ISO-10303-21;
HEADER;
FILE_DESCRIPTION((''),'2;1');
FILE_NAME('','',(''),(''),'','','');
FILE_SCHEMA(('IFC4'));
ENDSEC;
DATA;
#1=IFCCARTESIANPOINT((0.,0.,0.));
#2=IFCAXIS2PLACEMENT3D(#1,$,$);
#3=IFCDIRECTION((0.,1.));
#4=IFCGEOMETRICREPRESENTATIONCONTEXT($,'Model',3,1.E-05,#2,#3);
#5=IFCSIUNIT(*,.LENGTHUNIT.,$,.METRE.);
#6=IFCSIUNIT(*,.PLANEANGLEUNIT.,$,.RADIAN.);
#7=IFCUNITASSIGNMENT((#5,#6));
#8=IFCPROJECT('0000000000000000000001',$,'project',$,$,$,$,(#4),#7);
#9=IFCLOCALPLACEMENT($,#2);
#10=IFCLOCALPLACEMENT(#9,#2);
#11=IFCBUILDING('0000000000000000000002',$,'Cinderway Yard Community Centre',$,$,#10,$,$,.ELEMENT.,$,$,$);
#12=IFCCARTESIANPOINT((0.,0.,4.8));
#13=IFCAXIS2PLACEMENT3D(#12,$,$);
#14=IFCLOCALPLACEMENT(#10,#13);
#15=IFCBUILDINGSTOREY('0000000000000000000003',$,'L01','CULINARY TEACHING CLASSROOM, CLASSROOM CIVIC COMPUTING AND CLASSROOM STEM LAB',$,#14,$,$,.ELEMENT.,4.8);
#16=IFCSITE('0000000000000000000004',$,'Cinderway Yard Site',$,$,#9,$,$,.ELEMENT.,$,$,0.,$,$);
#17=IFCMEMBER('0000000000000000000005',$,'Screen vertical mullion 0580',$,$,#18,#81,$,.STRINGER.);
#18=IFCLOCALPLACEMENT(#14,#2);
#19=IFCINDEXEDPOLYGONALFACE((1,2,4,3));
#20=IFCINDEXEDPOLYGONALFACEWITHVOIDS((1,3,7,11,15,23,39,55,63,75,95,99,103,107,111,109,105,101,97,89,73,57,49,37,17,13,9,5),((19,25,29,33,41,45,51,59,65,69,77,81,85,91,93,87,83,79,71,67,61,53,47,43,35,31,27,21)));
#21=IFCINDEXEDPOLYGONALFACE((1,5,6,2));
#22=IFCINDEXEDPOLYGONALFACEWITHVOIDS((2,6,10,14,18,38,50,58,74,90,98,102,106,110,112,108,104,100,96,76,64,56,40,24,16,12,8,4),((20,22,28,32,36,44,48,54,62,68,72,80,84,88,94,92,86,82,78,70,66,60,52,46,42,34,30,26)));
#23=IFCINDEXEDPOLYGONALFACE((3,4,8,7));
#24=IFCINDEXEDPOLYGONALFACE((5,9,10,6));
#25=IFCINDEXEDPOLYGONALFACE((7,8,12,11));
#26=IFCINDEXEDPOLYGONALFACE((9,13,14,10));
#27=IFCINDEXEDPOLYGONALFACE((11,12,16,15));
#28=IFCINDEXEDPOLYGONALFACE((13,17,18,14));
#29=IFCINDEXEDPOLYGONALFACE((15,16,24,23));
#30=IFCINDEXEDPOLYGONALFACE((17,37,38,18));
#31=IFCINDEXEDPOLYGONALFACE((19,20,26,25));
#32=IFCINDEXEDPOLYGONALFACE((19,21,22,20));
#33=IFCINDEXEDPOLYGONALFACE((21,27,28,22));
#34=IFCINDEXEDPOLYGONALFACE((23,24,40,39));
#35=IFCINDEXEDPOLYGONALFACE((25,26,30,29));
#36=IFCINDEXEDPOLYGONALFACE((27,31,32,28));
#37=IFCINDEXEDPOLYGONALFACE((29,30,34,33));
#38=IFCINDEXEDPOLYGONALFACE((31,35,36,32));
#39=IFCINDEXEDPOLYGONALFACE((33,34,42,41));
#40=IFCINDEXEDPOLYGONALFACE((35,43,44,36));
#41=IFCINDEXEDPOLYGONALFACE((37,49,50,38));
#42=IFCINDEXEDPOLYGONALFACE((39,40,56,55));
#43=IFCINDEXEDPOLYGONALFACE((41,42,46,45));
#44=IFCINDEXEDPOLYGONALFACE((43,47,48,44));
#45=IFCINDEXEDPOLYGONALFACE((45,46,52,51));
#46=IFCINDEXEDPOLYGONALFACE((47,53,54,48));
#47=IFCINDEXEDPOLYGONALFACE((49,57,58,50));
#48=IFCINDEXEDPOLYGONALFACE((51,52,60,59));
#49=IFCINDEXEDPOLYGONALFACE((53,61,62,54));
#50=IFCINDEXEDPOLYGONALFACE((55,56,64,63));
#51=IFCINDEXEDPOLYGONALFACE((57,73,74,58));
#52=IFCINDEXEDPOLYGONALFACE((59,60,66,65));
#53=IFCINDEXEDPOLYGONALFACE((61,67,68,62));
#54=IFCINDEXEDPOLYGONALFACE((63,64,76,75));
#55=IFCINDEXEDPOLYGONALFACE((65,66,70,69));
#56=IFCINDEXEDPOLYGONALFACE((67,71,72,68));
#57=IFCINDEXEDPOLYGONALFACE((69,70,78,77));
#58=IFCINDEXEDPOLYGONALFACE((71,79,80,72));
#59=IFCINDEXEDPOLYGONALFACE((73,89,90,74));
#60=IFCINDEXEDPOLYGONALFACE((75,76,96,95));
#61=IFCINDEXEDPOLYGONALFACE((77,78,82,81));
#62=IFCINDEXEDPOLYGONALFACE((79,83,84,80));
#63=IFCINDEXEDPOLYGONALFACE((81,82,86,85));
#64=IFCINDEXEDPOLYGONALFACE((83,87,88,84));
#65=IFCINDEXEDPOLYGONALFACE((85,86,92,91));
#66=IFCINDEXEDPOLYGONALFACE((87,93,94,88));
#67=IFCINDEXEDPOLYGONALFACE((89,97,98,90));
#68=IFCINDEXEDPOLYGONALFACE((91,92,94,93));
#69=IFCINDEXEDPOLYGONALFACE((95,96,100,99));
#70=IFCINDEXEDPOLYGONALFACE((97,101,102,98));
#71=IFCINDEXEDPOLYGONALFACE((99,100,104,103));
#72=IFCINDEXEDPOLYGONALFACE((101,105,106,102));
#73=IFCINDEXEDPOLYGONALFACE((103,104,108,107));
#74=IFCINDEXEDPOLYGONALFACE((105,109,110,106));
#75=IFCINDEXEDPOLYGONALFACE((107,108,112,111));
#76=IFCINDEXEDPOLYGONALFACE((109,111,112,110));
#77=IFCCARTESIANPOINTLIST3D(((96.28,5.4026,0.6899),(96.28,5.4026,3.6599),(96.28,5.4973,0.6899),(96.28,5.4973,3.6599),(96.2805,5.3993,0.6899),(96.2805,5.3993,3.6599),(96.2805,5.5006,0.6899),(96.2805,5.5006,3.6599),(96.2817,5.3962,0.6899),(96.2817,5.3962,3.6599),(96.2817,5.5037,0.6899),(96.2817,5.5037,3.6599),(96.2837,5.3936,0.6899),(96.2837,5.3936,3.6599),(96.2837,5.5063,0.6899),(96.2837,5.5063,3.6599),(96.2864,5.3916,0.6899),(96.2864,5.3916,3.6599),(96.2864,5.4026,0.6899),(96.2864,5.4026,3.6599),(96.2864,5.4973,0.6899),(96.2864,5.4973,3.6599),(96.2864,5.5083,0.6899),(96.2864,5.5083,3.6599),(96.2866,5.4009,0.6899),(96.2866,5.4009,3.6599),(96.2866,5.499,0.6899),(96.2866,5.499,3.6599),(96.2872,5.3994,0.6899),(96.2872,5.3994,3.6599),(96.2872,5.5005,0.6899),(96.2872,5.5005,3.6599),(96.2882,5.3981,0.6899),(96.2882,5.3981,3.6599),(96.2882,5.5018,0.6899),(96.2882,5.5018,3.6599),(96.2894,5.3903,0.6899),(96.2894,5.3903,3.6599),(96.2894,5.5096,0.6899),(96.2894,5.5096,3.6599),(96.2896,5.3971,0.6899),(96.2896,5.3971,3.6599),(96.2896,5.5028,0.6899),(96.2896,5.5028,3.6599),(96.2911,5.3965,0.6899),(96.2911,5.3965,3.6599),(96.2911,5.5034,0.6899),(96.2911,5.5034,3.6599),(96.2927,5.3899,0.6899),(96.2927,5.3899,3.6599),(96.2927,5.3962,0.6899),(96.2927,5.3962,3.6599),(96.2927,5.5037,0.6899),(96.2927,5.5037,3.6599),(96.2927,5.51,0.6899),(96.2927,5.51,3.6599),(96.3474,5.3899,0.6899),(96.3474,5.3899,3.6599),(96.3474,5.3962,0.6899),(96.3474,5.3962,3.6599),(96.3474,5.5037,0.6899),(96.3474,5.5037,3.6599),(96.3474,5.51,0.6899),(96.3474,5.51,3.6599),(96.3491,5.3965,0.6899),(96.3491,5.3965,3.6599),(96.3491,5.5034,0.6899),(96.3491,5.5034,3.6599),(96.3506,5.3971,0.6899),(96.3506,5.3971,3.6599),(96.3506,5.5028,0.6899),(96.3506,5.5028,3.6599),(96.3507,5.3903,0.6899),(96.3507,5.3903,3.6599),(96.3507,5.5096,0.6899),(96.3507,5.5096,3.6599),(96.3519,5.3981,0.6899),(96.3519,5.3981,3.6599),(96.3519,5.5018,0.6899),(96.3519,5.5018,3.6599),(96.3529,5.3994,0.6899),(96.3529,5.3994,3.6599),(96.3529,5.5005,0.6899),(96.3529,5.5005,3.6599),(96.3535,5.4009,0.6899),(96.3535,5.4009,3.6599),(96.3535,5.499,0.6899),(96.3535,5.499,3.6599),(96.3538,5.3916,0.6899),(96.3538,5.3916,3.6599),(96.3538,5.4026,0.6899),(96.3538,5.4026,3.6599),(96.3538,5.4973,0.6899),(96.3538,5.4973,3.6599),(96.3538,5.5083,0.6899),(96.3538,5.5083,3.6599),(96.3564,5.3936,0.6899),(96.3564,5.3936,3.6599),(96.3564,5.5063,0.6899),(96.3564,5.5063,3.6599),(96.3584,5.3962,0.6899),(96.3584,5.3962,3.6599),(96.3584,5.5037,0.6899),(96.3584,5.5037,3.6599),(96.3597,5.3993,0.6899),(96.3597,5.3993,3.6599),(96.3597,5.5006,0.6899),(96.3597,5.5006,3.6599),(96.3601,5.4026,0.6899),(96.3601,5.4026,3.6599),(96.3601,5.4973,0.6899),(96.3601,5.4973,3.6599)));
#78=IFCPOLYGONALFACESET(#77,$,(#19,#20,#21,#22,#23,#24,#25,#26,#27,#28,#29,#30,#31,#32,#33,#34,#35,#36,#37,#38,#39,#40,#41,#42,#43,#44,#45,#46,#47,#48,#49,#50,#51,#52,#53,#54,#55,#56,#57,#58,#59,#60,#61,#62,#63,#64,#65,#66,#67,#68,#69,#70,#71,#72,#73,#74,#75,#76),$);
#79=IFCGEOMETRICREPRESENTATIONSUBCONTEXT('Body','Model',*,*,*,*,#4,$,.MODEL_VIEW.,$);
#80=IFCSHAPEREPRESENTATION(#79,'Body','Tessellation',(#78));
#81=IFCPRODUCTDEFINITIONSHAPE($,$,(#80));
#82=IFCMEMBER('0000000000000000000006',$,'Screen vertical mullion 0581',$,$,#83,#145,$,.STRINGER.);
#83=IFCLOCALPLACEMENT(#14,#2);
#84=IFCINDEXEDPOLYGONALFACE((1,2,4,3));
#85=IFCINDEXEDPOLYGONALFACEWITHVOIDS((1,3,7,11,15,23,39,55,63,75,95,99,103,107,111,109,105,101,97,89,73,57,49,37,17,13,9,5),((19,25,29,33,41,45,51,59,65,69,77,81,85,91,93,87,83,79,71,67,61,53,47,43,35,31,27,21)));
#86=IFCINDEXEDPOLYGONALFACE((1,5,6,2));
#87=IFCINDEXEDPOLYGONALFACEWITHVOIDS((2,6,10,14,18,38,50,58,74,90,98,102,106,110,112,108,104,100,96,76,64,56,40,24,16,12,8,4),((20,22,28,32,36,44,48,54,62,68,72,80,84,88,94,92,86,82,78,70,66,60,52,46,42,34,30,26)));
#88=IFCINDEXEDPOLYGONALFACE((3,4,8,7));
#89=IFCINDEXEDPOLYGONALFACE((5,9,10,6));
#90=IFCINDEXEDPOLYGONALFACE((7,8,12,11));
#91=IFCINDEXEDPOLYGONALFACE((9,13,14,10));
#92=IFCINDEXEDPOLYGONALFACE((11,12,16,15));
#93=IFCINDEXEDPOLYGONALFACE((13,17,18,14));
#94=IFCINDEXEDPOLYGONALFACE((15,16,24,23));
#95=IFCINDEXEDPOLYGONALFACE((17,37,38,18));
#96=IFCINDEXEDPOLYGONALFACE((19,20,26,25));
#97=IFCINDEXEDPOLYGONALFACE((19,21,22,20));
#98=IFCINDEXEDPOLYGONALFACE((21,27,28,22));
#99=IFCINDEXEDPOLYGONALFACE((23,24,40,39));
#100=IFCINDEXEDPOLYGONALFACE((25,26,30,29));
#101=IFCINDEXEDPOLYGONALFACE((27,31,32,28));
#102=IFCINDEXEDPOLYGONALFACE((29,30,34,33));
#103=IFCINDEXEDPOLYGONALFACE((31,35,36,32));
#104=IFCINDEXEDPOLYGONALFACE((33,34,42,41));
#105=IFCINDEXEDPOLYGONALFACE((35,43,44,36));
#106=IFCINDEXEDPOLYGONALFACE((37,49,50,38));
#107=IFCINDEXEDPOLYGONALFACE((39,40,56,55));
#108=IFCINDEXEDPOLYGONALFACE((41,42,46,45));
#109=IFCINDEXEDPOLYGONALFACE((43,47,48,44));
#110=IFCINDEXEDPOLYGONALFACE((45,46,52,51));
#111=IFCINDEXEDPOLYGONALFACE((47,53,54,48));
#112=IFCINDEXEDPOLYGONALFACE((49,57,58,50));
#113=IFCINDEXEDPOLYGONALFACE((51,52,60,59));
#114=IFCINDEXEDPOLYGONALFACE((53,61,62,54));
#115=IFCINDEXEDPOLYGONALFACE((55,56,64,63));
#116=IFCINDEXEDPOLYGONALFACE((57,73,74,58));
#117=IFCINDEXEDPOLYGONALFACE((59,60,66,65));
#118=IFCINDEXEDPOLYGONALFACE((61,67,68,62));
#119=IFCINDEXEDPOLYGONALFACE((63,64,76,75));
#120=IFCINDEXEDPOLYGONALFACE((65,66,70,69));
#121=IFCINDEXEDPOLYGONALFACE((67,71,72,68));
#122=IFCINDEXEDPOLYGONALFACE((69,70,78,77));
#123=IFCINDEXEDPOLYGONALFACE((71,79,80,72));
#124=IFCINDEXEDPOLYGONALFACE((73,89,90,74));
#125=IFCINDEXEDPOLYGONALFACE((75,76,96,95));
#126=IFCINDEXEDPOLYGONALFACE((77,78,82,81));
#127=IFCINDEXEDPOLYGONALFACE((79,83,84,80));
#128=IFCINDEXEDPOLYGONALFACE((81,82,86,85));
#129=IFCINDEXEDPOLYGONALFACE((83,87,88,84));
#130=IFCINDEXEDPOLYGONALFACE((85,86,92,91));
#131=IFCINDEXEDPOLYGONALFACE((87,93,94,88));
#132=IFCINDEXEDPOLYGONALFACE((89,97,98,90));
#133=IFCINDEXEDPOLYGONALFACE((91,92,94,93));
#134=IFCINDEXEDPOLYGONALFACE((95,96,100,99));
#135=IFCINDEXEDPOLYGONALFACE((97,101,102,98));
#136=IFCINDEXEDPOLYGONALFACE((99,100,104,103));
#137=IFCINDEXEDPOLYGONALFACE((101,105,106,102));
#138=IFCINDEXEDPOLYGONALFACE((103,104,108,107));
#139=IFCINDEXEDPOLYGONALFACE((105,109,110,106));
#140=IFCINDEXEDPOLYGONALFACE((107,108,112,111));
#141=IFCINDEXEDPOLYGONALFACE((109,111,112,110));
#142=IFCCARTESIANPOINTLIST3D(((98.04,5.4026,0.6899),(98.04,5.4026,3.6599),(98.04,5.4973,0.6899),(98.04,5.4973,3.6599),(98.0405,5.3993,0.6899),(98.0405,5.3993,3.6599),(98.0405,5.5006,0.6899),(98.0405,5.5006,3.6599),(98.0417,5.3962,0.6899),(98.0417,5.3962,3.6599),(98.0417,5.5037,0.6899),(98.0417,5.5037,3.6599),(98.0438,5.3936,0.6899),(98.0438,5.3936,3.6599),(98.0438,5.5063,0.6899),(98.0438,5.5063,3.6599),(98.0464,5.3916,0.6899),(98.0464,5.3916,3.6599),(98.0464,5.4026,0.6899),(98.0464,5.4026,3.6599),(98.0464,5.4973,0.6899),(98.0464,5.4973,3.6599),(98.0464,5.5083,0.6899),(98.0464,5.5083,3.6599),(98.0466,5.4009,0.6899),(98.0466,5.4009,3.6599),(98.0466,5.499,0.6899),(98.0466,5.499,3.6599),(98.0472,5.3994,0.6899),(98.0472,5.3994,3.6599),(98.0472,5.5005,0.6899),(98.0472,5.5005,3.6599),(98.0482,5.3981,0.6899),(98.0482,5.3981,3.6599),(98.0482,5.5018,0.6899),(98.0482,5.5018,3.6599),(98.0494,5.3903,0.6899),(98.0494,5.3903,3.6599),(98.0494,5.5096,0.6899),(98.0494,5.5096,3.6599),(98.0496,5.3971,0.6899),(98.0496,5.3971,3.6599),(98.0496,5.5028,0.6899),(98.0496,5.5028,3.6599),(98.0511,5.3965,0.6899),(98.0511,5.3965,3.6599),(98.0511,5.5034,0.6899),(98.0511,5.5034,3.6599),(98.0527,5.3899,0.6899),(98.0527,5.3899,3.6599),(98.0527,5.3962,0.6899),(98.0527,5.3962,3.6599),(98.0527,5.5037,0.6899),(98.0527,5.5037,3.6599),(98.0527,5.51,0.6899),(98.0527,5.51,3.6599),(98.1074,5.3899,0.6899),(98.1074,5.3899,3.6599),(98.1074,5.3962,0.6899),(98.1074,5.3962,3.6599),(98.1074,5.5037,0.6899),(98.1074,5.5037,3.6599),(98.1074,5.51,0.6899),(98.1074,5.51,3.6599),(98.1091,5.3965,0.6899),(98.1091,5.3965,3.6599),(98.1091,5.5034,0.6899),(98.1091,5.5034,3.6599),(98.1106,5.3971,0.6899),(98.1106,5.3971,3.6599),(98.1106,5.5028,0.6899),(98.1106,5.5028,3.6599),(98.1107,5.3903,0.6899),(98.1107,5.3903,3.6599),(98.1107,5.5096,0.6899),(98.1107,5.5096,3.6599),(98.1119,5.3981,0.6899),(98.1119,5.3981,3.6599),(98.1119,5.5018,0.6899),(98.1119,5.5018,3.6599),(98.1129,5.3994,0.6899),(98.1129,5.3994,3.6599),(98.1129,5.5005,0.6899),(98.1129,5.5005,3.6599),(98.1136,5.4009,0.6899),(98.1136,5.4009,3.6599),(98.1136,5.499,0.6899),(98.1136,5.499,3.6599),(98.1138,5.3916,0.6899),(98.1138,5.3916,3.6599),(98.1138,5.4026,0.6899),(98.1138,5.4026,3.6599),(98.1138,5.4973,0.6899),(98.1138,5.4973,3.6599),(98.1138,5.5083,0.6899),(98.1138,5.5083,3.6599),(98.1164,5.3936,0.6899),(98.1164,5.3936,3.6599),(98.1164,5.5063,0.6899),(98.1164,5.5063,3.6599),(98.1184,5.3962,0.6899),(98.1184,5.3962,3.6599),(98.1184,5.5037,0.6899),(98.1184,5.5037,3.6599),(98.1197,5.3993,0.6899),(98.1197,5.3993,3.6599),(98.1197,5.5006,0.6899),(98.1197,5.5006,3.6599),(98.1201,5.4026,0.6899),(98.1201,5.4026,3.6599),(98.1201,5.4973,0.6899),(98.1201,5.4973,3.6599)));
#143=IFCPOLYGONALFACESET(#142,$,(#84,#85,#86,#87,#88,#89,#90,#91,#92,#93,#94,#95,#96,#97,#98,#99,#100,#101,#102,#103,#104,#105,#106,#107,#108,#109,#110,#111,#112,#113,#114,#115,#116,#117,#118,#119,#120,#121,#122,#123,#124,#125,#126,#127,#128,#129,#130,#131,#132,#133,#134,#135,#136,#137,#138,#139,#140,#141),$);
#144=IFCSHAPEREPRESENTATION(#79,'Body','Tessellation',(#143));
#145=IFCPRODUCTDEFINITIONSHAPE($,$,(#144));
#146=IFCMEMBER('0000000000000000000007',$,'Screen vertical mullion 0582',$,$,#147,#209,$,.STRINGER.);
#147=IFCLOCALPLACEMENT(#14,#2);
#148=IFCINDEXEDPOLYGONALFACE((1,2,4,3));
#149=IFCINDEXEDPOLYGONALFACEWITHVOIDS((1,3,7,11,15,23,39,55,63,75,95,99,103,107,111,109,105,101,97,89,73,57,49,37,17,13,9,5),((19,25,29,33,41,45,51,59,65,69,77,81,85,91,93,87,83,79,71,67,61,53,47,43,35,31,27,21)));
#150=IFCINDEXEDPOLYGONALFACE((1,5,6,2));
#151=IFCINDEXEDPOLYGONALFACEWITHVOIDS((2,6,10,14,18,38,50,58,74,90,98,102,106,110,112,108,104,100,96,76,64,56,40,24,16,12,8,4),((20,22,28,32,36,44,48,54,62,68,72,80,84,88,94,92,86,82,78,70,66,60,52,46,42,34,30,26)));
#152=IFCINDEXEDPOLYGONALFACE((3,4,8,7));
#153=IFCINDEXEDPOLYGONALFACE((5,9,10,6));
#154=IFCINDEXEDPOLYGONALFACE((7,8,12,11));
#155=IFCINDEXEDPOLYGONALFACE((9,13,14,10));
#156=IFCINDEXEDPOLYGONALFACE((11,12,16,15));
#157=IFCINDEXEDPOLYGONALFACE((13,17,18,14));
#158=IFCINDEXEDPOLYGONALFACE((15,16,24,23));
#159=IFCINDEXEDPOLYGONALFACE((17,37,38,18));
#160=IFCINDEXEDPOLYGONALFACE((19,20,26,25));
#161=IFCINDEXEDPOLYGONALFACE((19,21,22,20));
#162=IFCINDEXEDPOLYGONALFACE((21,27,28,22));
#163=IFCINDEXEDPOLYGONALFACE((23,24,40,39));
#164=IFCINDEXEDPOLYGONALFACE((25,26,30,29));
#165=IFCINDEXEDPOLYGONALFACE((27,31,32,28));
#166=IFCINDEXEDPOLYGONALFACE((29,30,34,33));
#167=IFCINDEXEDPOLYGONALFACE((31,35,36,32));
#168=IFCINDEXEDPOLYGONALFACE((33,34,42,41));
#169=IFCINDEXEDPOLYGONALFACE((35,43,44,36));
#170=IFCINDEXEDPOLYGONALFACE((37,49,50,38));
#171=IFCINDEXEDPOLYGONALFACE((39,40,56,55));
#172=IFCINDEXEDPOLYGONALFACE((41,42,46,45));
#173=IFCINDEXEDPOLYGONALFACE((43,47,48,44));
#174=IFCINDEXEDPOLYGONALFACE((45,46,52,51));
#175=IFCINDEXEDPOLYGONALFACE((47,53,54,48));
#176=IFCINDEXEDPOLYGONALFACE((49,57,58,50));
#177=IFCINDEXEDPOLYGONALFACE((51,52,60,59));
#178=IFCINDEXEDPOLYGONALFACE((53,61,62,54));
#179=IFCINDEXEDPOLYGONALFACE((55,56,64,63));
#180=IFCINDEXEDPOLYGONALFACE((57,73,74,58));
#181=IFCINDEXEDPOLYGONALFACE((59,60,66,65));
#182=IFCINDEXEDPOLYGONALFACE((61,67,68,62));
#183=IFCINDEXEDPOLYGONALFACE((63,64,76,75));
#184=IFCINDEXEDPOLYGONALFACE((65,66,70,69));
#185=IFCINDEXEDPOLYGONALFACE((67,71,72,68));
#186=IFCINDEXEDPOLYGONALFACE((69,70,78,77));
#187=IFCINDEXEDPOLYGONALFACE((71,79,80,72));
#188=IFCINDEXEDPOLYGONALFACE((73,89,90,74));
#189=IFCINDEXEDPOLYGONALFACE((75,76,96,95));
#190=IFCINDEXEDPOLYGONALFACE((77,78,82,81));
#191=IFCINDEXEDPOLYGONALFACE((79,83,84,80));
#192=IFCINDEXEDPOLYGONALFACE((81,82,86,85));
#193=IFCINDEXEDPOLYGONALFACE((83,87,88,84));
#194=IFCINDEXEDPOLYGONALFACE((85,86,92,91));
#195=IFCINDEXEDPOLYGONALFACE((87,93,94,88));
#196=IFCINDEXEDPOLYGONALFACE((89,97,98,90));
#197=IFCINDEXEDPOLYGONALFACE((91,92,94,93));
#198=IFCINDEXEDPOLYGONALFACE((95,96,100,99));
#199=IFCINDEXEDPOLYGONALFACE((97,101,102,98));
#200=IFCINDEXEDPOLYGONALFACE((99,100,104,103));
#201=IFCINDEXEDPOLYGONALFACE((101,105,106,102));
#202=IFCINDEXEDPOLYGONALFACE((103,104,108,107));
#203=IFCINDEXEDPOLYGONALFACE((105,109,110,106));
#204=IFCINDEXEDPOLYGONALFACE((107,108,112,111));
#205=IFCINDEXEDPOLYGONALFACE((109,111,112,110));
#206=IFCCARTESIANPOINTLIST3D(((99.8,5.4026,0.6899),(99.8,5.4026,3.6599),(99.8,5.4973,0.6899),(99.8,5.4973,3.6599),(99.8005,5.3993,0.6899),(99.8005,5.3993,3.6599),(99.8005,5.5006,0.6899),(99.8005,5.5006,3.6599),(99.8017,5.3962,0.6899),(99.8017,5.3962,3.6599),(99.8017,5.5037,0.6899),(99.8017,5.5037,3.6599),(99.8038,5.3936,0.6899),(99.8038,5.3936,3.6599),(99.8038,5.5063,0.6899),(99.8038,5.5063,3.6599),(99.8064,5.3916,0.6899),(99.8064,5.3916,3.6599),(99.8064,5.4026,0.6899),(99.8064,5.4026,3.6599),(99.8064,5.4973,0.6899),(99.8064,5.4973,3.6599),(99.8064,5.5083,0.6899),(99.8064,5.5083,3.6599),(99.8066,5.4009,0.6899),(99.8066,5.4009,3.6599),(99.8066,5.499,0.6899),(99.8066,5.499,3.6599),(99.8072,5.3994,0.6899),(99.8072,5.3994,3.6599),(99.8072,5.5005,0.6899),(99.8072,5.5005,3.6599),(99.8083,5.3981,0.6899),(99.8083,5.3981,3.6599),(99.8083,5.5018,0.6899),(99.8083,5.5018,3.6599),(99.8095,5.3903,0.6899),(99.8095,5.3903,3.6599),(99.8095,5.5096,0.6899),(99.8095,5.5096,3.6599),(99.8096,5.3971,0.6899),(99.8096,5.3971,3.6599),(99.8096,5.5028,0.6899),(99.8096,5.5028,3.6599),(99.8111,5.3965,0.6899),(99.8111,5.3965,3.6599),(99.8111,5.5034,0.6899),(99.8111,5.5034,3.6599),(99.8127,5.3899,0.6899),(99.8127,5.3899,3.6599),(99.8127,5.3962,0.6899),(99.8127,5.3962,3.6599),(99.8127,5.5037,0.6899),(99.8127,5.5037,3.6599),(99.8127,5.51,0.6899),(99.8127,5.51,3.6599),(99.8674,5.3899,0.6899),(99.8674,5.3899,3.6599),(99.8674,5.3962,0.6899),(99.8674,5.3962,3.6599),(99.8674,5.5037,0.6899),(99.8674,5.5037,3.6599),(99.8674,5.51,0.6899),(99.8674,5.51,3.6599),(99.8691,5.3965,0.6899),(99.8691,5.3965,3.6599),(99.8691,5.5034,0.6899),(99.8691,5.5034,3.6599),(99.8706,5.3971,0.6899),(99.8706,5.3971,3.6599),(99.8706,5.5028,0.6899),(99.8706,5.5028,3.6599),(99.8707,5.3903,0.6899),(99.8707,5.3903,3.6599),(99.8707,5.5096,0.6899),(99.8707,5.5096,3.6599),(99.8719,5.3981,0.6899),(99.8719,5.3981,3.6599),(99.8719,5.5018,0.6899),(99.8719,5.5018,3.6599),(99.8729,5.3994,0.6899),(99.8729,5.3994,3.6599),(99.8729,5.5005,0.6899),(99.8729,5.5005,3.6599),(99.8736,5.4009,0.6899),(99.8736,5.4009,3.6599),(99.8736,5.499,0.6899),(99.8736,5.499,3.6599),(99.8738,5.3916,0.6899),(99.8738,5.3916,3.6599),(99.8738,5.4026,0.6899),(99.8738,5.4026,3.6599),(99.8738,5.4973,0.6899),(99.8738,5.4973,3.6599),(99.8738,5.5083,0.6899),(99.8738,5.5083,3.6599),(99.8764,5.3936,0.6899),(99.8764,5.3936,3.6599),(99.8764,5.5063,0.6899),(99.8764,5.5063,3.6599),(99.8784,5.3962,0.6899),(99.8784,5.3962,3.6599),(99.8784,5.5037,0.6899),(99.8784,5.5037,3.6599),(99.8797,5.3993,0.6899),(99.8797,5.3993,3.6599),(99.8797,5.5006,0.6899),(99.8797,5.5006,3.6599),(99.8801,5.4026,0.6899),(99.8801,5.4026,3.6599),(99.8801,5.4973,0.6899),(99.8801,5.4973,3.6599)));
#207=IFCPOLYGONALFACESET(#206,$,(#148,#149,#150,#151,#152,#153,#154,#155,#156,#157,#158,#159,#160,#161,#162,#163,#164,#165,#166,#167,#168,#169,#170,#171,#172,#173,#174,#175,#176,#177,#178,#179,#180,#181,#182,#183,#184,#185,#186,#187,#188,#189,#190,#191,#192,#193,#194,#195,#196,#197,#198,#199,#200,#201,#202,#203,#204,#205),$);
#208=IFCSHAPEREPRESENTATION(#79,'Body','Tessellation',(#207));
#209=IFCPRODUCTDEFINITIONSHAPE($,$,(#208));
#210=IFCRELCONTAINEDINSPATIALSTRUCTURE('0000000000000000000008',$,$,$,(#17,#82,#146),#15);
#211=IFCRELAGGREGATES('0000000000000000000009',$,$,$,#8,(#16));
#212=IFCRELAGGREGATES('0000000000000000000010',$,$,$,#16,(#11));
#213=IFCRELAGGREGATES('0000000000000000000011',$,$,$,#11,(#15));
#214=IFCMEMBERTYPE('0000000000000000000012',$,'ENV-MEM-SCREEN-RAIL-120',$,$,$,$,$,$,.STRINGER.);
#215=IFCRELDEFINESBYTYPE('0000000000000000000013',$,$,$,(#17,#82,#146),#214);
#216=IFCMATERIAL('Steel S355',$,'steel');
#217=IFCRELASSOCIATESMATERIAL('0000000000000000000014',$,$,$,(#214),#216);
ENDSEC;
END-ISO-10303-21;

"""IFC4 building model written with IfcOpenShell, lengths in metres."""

from ifc_helpers import new_model, si_unit, direction, frame, origin, origin_2d, place, context, subcontext, project, spatial, hollow_rectangle, extrude, material, material_profile, profile_set, type_object, element, save


model = new_model("IFC4")

# Units and contexts
model_context = context("Model", 3, precision=1e-05, world=origin(), true_north=direction((0.0, 1.0)))
body_context = subcontext(model_context, "Body", "Model", "MODEL_VIEW")
ifc_project = project(units=[si_unit("LENGTHUNIT", "METRE"), si_unit("PLANEANGLEUNIT", "RADIAN")], contexts=[model_context])

# Site, building, storey
site_placement = place(None, origin())
site = spatial("IfcSite", under=ifc_project, at=site_placement, Name="Cinderway Yard Site", CompositionType="ELEMENT", RefElevation=0.0)
building_placement = place(site_placement, origin())
building = spatial("IfcBuilding", under=site, at=building_placement, Name="Cinderway Yard Community Centre", CompositionType="ELEMENT")
storey_placement = place(building_placement, frame((0.0, 0.0, 4.8)))
storey = spatial("IfcBuildingStorey", under=building, at=storey_placement, Name="L01", Description="CULINARY TEACHING CLASSROOM, CLASSROOM CIVIC COMPUTING AND CLASSROOM STEM LAB", CompositionType="ELEMENT", Elevation=4.8)

# Members
ifc_material_1 = material(Name="Steel S355", Category="steel")
ifc_material_profile = material_profile(ifc_material_1, hollow_rectangle(XDim=0.0801, YDim=0.1201, WallThickness=0.0063, InnerFilletRadius=0.0063, OuterFilletRadius=0.0127, at=origin_2d()), Name="Steel S355")
ifc_profile_set = profile_set([ifc_material_profile], Name="Steel S355")
member_type = type_object("IfcMemberType", Name="ENV-MEM-SCREEN-RAIL-120", PredefinedType="STRINGER", material=ifc_profile_set)
for number, where, z_axis, x_axis, name in (
    (1, (96.3201, 5.45, 0.6899), (0.0, 0.0, 1.0), (1.0, 0.0, 0.0), "Screen vertical mullion 0580"),
    (2, (98.0801, 5.45, 0.6899), (0.0, 0.0, 1.0), (1.0, 0.0, 0.0), "Screen vertical mullion 0581"),
    (3, (99.8401, 5.45, 0.6899), (0.0, 0.0, 1.0), (1.0, 0.0, 0.0), "Screen vertical mullion 0582"),
):
    element("IfcMember", number, at=place(storey_placement, frame(where, z_axis=z_axis, x_axis=x_axis)), inside=storey, type_object=member_type, Name=name, PredefinedType="STRINGER", context=body_context, shape_type="SweptSolid", body=[
        extrude(hollow_rectangle(XDim=0.0801, YDim=0.1201, WallThickness=0.0063, InnerFilletRadius=0.0063, OuterFilletRadius=0.0127, at=origin_2d()), origin(), (0.0, 0.0, 1.0), 2.97),
    ])

save(model, "model.ifc")
